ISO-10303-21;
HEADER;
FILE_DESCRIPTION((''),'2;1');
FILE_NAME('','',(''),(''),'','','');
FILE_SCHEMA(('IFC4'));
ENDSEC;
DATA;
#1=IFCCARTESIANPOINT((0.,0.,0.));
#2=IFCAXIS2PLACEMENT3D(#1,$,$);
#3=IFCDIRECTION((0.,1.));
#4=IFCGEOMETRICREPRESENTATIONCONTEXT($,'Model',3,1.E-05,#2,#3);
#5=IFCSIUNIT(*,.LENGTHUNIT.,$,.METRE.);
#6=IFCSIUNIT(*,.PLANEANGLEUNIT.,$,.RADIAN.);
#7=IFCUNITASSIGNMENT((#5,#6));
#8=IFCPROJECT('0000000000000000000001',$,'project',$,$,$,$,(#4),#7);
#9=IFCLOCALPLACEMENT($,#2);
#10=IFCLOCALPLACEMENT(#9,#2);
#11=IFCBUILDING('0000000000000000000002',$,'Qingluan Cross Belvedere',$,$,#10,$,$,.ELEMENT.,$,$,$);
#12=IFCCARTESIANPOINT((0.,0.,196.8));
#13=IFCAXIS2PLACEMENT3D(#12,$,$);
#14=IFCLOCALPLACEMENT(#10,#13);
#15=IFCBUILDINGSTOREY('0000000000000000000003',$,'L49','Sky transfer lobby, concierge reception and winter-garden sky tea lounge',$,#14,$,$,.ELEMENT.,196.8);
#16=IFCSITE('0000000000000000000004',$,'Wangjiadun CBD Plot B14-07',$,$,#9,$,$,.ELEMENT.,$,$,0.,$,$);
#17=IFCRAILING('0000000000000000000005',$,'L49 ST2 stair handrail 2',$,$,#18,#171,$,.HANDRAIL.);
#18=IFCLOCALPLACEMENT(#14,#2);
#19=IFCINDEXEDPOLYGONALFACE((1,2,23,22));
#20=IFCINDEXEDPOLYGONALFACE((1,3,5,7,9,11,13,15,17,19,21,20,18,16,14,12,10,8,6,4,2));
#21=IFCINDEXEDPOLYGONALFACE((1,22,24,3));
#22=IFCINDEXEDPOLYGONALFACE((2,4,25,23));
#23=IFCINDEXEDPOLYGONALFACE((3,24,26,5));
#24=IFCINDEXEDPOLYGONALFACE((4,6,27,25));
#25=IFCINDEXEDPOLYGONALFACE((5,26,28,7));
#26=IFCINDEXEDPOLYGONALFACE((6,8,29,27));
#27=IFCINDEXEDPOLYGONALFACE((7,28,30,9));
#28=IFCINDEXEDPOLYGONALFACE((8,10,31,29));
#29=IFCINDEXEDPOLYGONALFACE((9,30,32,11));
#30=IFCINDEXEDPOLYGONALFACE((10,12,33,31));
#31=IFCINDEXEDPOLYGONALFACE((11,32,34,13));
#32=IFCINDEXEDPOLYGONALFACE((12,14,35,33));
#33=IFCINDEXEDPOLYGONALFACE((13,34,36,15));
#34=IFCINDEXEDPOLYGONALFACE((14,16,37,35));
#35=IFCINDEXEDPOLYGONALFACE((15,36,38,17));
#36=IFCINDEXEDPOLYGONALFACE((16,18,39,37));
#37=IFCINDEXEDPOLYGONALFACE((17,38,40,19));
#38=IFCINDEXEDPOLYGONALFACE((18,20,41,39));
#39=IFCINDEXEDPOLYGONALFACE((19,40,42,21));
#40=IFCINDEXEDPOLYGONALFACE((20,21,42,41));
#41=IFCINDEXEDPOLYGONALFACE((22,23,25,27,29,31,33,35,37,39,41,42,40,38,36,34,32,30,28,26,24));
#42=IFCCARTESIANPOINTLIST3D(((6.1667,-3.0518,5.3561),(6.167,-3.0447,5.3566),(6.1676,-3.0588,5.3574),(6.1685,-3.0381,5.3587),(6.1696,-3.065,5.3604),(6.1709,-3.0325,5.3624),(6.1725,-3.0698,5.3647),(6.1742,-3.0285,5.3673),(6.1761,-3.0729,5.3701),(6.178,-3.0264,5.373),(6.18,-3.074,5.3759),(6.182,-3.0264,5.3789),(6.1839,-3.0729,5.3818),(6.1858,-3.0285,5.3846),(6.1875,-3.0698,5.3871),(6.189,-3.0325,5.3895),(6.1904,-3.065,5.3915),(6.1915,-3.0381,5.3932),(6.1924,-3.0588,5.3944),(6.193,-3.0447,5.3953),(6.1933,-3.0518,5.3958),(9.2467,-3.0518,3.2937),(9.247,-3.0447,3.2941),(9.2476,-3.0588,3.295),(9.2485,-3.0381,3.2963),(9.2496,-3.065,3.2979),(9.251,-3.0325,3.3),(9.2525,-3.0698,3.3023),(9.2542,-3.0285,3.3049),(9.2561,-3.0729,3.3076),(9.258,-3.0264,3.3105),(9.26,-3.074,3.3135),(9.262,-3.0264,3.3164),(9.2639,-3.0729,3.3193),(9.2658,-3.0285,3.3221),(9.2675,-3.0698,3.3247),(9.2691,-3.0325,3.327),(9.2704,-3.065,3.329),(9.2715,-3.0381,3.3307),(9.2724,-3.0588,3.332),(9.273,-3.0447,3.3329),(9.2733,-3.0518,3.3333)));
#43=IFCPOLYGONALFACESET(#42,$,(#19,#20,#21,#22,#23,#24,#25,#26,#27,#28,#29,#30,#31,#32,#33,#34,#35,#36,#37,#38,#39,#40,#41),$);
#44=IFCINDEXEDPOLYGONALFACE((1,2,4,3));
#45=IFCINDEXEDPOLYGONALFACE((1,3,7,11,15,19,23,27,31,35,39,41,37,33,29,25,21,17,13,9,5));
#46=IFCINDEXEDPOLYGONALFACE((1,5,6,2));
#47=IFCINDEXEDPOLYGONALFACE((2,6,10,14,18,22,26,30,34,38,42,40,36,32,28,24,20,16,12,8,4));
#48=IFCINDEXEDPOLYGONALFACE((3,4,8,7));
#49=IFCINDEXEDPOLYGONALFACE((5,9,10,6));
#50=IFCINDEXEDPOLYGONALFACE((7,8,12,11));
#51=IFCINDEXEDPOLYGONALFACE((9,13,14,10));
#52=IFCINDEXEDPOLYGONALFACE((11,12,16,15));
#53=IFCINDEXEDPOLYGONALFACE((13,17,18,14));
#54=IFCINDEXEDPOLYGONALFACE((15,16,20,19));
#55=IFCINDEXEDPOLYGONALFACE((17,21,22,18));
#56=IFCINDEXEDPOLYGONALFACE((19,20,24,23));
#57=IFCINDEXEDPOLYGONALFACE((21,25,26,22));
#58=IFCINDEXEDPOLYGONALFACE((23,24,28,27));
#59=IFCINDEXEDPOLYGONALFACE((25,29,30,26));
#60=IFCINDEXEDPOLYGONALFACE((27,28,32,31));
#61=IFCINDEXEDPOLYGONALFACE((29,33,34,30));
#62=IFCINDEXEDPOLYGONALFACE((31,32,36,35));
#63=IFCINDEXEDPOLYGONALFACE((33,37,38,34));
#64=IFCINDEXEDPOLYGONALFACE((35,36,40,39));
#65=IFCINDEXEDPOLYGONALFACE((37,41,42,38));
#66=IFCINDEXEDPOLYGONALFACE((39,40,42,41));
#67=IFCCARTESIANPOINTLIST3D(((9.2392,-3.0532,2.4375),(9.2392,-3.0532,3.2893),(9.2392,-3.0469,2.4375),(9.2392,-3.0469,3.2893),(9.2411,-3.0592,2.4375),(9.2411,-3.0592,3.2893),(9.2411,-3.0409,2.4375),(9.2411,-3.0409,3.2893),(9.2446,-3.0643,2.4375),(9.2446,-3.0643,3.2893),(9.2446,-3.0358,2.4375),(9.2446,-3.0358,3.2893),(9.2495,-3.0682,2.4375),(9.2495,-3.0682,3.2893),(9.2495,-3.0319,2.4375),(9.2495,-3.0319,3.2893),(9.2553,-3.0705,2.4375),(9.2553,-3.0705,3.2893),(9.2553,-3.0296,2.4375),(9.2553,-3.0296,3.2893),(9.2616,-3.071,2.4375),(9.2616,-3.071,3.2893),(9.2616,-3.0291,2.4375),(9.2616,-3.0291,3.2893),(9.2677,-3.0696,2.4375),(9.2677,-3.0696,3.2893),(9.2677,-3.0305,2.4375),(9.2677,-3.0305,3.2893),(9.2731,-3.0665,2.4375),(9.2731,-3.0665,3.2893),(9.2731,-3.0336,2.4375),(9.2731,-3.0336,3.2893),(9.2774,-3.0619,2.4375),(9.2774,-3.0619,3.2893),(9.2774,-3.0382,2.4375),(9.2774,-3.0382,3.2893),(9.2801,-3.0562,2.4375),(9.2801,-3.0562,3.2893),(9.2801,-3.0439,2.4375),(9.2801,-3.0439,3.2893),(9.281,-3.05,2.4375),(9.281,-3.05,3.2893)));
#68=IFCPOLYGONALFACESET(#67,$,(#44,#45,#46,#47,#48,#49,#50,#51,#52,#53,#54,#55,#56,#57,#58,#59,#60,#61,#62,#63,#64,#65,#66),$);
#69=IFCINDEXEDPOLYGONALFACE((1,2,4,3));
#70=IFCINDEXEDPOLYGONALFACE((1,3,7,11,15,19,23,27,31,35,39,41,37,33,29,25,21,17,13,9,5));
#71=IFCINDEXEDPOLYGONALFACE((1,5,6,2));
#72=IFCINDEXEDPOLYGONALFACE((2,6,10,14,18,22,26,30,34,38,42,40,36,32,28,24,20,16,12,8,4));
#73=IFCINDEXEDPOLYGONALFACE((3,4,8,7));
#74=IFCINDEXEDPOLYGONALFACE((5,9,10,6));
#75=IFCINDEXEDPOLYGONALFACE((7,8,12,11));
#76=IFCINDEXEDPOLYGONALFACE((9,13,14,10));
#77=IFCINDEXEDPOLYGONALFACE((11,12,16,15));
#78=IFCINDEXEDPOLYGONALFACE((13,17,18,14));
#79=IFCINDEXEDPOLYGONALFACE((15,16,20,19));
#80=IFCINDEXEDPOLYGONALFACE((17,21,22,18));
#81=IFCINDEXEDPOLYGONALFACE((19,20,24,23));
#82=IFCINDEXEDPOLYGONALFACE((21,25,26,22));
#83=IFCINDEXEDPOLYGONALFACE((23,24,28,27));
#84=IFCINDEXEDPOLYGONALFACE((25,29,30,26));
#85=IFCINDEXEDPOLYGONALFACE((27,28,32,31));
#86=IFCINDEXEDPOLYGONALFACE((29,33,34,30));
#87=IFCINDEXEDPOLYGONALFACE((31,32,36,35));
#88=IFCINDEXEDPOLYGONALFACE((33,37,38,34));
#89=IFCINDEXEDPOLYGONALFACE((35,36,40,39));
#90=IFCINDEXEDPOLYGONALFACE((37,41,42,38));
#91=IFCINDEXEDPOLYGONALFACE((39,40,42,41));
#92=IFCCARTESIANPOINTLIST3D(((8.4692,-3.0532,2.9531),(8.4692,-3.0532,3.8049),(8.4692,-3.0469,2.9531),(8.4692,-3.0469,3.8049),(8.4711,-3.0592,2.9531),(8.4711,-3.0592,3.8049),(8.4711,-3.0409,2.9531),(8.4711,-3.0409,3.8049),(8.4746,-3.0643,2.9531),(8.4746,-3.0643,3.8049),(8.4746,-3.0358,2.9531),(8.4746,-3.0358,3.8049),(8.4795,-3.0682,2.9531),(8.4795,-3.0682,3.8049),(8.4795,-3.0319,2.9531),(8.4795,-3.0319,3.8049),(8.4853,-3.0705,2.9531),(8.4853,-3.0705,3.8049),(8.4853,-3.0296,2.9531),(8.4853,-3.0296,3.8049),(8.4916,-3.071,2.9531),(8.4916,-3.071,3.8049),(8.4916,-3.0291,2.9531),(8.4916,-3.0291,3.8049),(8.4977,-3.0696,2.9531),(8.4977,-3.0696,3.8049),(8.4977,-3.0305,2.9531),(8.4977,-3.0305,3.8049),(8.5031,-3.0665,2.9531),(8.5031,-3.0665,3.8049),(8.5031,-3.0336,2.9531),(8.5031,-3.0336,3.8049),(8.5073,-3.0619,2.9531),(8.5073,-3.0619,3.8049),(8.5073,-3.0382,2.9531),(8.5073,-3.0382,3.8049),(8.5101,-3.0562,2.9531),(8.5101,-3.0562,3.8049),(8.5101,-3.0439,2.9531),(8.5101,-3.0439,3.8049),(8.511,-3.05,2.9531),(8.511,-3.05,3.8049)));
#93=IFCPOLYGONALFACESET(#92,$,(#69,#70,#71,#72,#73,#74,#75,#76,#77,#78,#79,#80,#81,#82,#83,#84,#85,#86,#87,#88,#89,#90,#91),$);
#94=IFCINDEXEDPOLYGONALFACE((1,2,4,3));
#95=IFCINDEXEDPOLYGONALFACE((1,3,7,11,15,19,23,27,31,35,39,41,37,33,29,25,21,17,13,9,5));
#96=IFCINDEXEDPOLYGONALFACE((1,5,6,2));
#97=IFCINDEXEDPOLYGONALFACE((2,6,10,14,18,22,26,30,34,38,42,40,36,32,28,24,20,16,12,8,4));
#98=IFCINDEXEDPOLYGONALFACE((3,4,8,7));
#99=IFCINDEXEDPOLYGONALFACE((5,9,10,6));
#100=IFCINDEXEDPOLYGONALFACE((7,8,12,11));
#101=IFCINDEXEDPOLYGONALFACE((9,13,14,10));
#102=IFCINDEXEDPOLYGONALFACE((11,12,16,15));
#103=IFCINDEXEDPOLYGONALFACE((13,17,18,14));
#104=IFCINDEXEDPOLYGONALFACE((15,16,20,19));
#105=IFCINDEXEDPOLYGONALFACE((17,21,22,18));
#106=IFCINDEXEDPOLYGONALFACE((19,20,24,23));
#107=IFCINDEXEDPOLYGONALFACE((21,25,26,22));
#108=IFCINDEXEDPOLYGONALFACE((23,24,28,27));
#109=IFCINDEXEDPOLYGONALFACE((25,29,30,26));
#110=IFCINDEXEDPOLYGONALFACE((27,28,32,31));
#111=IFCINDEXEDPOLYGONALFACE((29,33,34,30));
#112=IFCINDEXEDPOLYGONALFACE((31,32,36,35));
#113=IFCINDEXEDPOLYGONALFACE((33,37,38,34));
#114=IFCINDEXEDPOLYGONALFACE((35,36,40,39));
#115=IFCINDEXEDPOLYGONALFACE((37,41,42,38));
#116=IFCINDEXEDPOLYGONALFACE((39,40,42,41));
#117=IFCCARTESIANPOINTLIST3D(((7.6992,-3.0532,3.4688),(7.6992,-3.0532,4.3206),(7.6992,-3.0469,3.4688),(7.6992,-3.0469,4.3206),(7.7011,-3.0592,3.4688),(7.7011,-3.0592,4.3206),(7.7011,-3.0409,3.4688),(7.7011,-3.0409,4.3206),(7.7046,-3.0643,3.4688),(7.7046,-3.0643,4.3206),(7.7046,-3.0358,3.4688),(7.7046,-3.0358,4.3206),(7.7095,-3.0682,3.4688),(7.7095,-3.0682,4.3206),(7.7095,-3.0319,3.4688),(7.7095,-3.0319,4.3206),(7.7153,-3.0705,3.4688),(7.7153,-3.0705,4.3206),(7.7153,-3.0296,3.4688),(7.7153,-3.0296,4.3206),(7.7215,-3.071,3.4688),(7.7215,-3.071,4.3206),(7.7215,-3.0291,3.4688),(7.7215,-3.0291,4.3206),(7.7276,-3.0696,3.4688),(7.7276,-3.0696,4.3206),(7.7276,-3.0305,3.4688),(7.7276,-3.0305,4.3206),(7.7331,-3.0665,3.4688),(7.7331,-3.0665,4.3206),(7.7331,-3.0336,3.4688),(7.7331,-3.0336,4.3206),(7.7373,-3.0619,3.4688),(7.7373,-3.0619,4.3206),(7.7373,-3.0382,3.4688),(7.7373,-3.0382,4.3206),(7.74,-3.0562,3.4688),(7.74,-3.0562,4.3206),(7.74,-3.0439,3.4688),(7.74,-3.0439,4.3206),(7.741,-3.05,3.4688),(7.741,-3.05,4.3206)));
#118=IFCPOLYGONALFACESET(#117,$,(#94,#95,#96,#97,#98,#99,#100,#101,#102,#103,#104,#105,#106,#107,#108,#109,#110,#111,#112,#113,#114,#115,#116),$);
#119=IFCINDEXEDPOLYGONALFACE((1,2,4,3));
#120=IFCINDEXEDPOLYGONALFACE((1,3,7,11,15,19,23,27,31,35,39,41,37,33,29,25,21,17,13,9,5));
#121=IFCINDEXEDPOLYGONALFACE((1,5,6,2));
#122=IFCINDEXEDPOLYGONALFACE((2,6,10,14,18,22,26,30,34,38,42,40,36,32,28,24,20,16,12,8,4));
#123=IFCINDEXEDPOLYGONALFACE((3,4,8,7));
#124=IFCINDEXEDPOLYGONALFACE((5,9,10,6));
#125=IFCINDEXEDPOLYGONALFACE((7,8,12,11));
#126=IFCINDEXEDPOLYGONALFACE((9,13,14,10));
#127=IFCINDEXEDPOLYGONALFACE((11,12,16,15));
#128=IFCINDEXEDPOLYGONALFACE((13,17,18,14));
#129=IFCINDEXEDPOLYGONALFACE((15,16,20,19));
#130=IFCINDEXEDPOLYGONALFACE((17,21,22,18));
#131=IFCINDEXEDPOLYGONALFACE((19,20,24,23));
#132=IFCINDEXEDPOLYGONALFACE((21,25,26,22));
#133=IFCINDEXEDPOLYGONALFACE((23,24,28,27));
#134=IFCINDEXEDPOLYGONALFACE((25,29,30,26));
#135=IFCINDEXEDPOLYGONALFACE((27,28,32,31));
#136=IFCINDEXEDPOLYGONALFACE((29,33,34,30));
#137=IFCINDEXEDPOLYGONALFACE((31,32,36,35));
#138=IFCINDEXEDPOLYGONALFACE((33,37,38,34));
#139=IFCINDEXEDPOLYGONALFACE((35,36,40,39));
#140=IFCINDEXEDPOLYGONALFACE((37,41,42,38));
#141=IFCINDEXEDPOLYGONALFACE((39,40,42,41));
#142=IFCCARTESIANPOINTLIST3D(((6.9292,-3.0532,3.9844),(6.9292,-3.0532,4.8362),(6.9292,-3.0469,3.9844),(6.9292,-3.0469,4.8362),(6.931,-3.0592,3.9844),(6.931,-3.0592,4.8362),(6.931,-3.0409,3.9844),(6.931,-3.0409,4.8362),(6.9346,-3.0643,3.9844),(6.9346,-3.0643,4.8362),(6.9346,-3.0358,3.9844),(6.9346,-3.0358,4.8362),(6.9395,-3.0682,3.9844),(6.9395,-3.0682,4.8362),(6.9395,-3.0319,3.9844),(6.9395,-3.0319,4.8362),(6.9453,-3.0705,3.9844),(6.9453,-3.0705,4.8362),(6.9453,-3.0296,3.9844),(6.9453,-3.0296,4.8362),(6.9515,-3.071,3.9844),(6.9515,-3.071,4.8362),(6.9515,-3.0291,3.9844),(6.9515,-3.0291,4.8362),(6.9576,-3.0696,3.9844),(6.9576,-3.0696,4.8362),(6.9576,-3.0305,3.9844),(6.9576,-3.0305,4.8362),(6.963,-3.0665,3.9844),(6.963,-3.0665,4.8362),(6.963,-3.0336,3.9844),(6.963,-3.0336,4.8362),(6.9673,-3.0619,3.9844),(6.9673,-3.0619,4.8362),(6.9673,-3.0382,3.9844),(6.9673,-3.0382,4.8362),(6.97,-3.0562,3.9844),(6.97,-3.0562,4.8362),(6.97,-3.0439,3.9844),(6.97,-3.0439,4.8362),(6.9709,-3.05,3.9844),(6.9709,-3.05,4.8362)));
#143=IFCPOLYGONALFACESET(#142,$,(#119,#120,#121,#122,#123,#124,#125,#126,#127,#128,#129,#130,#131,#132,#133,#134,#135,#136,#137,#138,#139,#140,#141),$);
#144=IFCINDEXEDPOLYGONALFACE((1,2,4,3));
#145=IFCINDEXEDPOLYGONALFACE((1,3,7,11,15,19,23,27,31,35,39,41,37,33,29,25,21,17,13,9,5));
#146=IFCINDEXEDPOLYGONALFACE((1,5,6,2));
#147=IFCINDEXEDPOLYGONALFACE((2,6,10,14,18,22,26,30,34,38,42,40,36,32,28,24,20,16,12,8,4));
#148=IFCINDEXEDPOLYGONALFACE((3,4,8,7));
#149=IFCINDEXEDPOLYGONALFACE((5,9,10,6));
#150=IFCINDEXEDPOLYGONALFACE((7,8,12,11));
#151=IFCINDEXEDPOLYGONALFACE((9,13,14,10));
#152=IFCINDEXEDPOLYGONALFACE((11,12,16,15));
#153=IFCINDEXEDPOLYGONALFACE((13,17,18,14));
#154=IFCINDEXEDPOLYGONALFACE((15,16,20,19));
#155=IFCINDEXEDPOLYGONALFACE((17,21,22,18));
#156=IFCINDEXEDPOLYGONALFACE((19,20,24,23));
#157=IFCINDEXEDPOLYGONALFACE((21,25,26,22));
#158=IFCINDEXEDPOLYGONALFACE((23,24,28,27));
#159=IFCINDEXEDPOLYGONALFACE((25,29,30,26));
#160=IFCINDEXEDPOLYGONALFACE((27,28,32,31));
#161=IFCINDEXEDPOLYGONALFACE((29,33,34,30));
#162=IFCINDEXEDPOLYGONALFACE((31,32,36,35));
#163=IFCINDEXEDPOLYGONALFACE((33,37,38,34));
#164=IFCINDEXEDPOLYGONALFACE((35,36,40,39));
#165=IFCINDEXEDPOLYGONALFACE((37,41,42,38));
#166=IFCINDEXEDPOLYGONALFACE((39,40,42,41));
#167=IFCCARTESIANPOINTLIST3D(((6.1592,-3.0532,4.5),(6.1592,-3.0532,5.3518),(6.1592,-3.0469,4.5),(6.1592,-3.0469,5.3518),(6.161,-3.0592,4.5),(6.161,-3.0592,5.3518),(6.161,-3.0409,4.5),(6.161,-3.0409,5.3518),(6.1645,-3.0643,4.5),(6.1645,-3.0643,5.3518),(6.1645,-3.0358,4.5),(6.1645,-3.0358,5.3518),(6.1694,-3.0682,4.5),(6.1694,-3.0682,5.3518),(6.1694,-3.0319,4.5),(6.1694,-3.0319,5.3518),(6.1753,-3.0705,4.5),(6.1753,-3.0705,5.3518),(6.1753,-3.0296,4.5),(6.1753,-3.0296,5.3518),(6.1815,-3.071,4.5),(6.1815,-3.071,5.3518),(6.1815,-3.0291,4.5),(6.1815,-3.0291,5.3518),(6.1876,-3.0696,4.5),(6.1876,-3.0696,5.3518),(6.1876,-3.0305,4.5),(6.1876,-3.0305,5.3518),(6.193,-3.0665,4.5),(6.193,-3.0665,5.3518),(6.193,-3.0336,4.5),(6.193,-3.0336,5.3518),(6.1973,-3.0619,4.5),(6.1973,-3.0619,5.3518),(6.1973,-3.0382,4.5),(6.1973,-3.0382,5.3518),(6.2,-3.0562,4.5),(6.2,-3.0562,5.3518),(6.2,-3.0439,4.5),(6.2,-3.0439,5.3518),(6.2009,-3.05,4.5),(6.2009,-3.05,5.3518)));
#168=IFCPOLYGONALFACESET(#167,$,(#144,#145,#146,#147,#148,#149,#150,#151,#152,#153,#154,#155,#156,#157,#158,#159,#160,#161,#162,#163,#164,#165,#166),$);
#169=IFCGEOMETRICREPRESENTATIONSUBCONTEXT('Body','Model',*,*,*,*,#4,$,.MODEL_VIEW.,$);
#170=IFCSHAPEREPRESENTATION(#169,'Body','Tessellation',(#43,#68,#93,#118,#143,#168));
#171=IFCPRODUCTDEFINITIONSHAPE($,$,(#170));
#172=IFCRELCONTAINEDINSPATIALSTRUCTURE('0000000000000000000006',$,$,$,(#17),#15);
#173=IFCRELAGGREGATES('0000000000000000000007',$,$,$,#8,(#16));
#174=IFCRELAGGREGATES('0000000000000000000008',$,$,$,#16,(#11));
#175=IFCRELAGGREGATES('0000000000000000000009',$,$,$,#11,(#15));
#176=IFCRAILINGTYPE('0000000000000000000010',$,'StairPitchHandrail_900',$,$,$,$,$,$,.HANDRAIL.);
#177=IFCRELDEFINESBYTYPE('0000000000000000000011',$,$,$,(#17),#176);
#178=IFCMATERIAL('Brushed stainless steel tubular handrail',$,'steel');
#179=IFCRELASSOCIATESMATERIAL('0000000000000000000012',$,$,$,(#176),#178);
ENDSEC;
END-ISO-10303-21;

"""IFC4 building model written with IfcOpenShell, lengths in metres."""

from ifc_helpers import new_model, si_unit, direction, frame, origin, origin_2d, place, context, subcontext, project, spatial, circle, extrude, material, type_object, element, save


model = new_model("IFC4")

# Units and contexts
model_context = context("Model", 3, precision=1e-05, world=origin(), true_north=direction((0.0, 1.0)))
body_context = subcontext(model_context, "Body", "Model", "MODEL_VIEW")
ifc_project = project(units=[si_unit("LENGTHUNIT", "METRE"), si_unit("PLANEANGLEUNIT", "RADIAN")], contexts=[model_context])

# Site, building, storey
site_placement = place(None, origin())
site = spatial("IfcSite", under=ifc_project, at=site_placement, Name="Wangjiadun CBD Plot B14-07", CompositionType="ELEMENT", RefElevation=0.0)
building_placement = place(site_placement, origin())
building = spatial("IfcBuilding", under=site, at=building_placement, Name="Qingluan Cross Belvedere", CompositionType="ELEMENT")
storey_placement = place(building_placement, frame((0.0, 0.0, 196.8)))
storey = spatial("IfcBuildingStorey", under=building, at=storey_placement, Name="L49", Description="Sky transfer lobby, concierge reception and winter-garden sky tea lounge", CompositionType="ELEMENT", Elevation=196.8)

# Railing
ifc_material_1 = material(Name="Brushed stainless steel tubular handrail", Category="steel")
railing_type_1 = type_object("IfcRailingType", Name="StairPitchHandrail_900", PredefinedType="HANDRAIL", material=ifc_material_1)
railing_1_placement = place(storey_placement, frame((9.26, -3.05, 2.4375)))
element("IfcRailing", 1, at=railing_1_placement, inside=storey, type_object=railing_type_1, Name="L49 ST2 stair handrail 2", PredefinedType="HANDRAIL", context=body_context, shape_type="SweptSolid", body=[
    extrude(circle(Radius=0.0239, at=origin_2d()), frame((0.0, 0.0, 0.876), z_axis=(-0.830914, 0.0, 0.556401), x_axis=(0.0, -1.0, 0.0)), (0.0, 0.0, 1.0), 3.7068),
    extrude(circle(Radius=0.021, at=origin_2d()), origin(), (0.0, 0.0, 1.0), 0.8518),
    extrude(circle(Radius=0.021, at=origin_2d()), frame((-0.77, 0.0, 0.5156)), (0.0, 0.0, 1.0), 0.8518),
    extrude(circle(Radius=0.021, at=origin_2d()), frame((-1.54, 0.0, 1.0312)), (0.0, 0.0, 1.0), 0.8518),
    extrude(circle(Radius=0.021, at=origin_2d()), frame((-2.3101, 0.0, 1.5469)), (0.0, 0.0, 1.0), 0.8518),
    extrude(circle(Radius=0.021, at=origin_2d()), frame((-3.0801, 0.0, 2.0625)), (0.0, 0.0, 1.0), 0.8518),
])

save(model, "model.ifc")
